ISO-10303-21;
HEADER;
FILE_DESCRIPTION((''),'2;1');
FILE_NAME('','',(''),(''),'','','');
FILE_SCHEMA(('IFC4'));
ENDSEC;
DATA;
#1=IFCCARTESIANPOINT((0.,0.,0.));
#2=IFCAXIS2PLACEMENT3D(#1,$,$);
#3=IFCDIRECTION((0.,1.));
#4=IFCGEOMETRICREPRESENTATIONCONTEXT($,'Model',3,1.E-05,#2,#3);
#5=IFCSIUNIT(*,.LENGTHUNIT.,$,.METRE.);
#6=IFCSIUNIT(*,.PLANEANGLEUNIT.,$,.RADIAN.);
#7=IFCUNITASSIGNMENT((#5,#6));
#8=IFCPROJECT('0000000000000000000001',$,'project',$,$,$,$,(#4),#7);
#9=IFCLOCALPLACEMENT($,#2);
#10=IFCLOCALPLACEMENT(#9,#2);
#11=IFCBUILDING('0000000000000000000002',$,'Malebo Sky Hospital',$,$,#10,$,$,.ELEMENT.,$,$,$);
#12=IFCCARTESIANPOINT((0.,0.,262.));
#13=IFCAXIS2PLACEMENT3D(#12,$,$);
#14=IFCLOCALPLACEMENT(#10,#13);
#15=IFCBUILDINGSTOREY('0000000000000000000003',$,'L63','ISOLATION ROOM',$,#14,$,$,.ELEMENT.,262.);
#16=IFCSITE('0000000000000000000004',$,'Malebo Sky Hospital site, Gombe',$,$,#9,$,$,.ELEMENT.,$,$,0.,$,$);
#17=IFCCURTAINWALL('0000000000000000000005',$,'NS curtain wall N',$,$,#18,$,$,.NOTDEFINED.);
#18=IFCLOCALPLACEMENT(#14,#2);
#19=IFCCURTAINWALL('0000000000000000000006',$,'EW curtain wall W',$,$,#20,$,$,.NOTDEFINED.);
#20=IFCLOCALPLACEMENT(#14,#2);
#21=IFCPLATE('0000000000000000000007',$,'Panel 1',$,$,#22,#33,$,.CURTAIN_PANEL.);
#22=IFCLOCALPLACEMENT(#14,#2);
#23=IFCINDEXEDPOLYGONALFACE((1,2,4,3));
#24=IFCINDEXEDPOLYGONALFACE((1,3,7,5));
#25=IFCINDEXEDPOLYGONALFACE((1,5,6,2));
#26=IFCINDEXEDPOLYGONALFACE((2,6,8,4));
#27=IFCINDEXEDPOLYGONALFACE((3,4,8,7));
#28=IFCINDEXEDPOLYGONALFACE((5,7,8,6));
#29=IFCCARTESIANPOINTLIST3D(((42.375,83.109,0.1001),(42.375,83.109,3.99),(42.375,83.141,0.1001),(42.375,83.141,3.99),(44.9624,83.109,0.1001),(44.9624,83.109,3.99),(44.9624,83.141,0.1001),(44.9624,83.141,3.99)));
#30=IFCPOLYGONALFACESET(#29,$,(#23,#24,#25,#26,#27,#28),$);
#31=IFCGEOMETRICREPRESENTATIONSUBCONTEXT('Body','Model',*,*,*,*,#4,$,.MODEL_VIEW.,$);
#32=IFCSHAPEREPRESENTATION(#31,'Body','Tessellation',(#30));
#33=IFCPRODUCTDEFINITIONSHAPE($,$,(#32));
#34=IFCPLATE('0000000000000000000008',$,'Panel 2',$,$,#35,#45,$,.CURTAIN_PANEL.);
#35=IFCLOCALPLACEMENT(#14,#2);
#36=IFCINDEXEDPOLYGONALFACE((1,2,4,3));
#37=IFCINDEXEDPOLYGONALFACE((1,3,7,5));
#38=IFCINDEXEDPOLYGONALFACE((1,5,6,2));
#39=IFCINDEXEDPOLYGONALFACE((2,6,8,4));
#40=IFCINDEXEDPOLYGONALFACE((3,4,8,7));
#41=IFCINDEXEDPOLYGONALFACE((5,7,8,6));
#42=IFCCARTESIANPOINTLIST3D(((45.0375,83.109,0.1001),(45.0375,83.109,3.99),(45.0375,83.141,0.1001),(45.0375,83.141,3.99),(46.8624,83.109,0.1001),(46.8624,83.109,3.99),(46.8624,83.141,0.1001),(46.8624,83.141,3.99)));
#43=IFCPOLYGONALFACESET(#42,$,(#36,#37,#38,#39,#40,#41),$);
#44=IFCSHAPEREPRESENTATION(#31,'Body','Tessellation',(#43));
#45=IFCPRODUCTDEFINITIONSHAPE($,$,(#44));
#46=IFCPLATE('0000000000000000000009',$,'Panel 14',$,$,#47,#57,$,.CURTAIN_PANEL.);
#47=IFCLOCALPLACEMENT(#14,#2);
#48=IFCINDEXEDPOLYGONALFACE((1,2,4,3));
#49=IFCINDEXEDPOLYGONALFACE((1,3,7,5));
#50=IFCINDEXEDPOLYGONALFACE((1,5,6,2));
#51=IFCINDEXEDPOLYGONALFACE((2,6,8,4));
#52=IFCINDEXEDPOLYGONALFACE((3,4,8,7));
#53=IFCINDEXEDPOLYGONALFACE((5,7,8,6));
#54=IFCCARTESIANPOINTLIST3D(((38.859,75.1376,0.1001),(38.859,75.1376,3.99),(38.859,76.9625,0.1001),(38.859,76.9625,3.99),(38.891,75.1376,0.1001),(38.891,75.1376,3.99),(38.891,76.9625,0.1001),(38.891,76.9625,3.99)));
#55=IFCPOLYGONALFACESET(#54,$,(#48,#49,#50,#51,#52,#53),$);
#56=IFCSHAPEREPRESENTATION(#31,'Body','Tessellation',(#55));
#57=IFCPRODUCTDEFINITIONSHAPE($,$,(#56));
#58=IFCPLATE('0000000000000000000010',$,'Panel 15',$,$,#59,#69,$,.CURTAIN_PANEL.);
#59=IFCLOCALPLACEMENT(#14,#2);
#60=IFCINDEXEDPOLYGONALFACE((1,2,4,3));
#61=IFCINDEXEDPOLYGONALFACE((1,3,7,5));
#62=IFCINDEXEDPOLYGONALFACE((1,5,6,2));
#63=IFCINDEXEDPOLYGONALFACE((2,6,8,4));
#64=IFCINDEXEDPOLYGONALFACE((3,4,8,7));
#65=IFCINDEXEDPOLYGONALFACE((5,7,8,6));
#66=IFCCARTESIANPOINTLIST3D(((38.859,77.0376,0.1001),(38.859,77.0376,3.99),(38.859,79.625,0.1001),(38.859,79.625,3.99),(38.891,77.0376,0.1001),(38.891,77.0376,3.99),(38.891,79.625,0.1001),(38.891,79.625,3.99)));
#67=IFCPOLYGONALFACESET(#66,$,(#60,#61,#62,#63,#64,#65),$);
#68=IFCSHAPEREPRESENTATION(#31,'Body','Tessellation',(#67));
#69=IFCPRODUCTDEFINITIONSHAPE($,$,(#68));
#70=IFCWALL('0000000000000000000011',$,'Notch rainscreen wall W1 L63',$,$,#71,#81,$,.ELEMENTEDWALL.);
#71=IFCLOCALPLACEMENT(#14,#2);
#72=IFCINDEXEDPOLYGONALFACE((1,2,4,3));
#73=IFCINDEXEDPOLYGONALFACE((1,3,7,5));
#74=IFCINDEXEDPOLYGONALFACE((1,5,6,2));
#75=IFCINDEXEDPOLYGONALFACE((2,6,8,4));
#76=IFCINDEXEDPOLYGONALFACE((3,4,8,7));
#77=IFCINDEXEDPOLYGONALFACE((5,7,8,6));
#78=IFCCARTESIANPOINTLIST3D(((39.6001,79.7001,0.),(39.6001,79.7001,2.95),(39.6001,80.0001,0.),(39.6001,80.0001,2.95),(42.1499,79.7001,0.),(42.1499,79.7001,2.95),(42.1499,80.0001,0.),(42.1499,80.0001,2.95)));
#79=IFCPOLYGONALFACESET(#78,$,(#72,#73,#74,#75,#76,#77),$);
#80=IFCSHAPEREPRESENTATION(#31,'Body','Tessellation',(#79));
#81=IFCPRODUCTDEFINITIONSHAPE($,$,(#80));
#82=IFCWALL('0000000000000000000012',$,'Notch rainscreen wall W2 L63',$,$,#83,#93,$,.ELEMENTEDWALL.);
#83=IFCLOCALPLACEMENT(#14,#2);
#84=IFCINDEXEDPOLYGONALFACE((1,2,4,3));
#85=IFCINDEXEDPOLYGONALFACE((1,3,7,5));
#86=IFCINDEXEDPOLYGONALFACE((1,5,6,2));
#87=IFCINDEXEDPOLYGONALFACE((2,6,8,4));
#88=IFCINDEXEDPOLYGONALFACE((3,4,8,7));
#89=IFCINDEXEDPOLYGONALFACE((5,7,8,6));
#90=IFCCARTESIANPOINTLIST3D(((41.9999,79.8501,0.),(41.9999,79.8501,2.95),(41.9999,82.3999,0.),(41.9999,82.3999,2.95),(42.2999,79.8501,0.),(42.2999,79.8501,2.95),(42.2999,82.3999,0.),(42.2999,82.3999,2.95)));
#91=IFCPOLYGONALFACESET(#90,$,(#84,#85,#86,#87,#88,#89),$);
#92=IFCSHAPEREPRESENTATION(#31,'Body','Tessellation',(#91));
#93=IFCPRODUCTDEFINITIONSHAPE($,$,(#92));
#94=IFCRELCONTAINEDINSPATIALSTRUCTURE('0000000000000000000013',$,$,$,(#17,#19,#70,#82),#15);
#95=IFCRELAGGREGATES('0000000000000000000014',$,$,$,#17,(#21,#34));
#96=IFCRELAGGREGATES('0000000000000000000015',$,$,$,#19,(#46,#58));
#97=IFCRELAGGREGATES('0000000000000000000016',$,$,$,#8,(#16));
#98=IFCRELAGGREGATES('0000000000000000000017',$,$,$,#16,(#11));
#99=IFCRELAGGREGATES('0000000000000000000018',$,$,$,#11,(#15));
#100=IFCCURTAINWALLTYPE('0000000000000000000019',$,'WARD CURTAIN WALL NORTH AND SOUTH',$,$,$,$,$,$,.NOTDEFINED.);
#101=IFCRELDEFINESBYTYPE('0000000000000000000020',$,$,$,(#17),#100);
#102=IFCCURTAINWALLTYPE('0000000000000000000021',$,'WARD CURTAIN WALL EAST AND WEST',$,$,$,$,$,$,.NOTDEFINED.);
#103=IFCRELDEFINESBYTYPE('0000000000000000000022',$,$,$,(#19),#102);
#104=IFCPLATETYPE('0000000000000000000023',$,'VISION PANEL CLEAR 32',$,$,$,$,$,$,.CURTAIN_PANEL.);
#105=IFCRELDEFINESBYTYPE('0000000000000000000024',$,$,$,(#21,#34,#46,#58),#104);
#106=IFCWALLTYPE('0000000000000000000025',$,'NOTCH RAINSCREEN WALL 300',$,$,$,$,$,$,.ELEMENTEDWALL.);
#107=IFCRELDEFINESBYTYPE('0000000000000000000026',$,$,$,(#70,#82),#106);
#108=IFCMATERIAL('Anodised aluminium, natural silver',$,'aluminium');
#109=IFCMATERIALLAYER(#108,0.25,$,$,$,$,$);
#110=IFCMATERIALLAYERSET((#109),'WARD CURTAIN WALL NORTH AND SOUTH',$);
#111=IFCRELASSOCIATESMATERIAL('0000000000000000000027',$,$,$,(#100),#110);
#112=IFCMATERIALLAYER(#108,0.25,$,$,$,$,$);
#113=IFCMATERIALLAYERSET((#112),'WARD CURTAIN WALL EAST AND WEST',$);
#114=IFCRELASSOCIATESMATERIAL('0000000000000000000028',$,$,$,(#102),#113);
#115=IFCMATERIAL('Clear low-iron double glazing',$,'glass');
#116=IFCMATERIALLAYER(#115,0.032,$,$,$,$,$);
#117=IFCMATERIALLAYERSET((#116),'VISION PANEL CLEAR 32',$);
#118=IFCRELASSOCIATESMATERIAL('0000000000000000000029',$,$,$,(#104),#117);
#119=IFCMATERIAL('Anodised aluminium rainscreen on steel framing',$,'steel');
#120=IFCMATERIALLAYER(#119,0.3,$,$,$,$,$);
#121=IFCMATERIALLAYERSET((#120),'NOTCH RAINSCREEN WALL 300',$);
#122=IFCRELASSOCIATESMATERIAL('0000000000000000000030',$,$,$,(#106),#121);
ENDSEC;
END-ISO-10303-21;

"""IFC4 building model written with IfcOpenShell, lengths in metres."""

from ifc_helpers import new_model, si_unit, direction, frame, frame_2d, origin, origin_2d, place, context, subcontext, project, spatial, rectangle, extrude, material, layer, layer_set, type_object, element, aggregate, save


model = new_model("IFC4")

# Units and contexts
model_context = context("Model", 3, precision=1e-05, world=origin(), true_north=direction((0.0, 1.0)))
body_context = subcontext(model_context, "Body", "Model", "MODEL_VIEW")
ifc_project = project(units=[si_unit("LENGTHUNIT", "METRE"), si_unit("PLANEANGLEUNIT", "RADIAN")], contexts=[model_context])

# Site, building, storey
site_placement = place(None, origin())
site = spatial("IfcSite", under=ifc_project, at=site_placement, Name="Malebo Sky Hospital site, Gombe", CompositionType="ELEMENT", RefElevation=0.0)
building_placement = place(site_placement, origin())
building = spatial("IfcBuilding", under=site, at=building_placement, Name="Malebo Sky Hospital", CompositionType="ELEMENT")
storey_placement = place(building_placement, frame((0.0, 0.0, 262.0)))
storey = spatial("IfcBuildingStorey", under=building, at=storey_placement, Name="L63", Description="ISOLATION ROOM", CompositionType="ELEMENT", Elevation=262.0)

# Curtain walls
ifc_material_1 = material(Name="Anodised aluminium, natural silver", Category="aluminium")
ifc_layer_1 = layer(ifc_material_1, 0.25)
ifc_layer_set_1 = layer_set([ifc_layer_1], Name="WARD CURTAIN WALL NORTH AND SOUTH")
curtain_wall_type_1 = type_object("IfcCurtainWallType", Name="WARD CURTAIN WALL NORTH AND SOUTH", PredefinedType="NOTDEFINED", material=ifc_layer_set_1)
curtain_wall_1_placement = place(storey_placement, origin())
curtain_wall_1 = element("IfcCurtainWall", 1, at=curtain_wall_1_placement, inside=storey, type_object=curtain_wall_type_1, Name="NS curtain wall N", PredefinedType="NOTDEFINED")
ifc_layer_2 = layer(ifc_material_1, 0.25)
ifc_layer_set_2 = layer_set([ifc_layer_2], Name="WARD CURTAIN WALL EAST AND WEST")
curtain_wall_type_2 = type_object("IfcCurtainWallType", Name="WARD CURTAIN WALL EAST AND WEST", PredefinedType="NOTDEFINED", material=ifc_layer_set_2)
curtain_wall_2_placement = place(storey_placement, origin())
curtain_wall_2 = element("IfcCurtainWall", 2, at=curtain_wall_2_placement, inside=storey, type_object=curtain_wall_type_2, Name="EW curtain wall W", PredefinedType="NOTDEFINED")

# Plates
ifc_material_2 = material(Name="Clear low-iron double glazing", Category="glass")
ifc_layer_3 = layer(ifc_material_2, 0.032)
ifc_layer_set_3 = layer_set([ifc_layer_3], Name="VISION PANEL CLEAR 32")
plate_type = type_object("IfcPlateType", Name="VISION PANEL CLEAR 32", PredefinedType="CURTAIN_PANEL", material=ifc_layer_set_3)
plate_1_placement = place(storey_placement, frame((43.6687, 83.125, 0.1001), z_axis=(0.0, 0.0, 1.0), x_axis=(1.0, 0.0, 0.0)))
plate_1 = element("IfcPlate", 3, at=plate_1_placement, type_object=plate_type, Name="Panel 1", PredefinedType="CURTAIN_PANEL", context=body_context, shape_type="SweptSolid", body=[
    extrude(rectangle(XDim=2.5874, YDim=0.032, at=origin_2d()), origin(), (0.0, 0.0, 1.0), 3.8899),
])
plate_2_placement = place(storey_placement, frame((45.95, 83.125, 0.1001), z_axis=(0.0, 0.0, 1.0), x_axis=(1.0, 0.0, 0.0)))
plate_2 = element("IfcPlate", 4, at=plate_2_placement, type_object=plate_type, Name="Panel 2", PredefinedType="CURTAIN_PANEL", context=body_context, shape_type="SweptSolid", body=[
    extrude(rectangle(XDim=1.825, YDim=0.032, at=origin_2d()), origin(), (0.0, 0.0, 1.0), 3.8899),
])
aggregate(curtain_wall_1, [plate_1, plate_2])
plate_3_placement = place(storey_placement, frame((38.875, 76.05, 0.1001), z_axis=(0.0, 0.0, 1.0), x_axis=(0.0, 1.0, 0.0)))
plate_3 = element("IfcPlate", 5, at=plate_3_placement, type_object=plate_type, Name="Panel 14", PredefinedType="CURTAIN_PANEL", context=body_context, shape_type="SweptSolid", body=[
    extrude(rectangle(XDim=1.825, YDim=0.032, at=origin_2d()), origin(), (0.0, 0.0, 1.0), 3.8899),
])
plate_4_placement = place(storey_placement, frame((38.875, 78.3313, 0.1001), z_axis=(0.0, 0.0, 1.0), x_axis=(0.0, 1.0, 0.0)))
plate_4 = element("IfcPlate", 6, at=plate_4_placement, type_object=plate_type, Name="Panel 15", PredefinedType="CURTAIN_PANEL", context=body_context, shape_type="SweptSolid", body=[
    extrude(rectangle(XDim=2.5874, YDim=0.032, at=origin_2d()), origin(), (0.0, 0.0, 1.0), 3.8899),
])
aggregate(curtain_wall_2, [plate_3, plate_4])

# Walls
ifc_material_3 = material(Name="Anodised aluminium rainscreen on steel framing", Category="steel")
ifc_layer_4 = layer(ifc_material_3, 0.3)
ifc_layer_set_4 = layer_set([ifc_layer_4], Name="NOTCH RAINSCREEN WALL 300")
wall_type = type_object("IfcWallType", Name="NOTCH RAINSCREEN WALL 300", PredefinedType="ELEMENTEDWALL", material=ifc_layer_set_4)
for number, where, z_axis, x_axis, name in (
    (7, (39.6001, 79.8501, 0.0), (0.0, 0.0, 1.0), (1.0, 0.0, 0.0), "Notch rainscreen wall W1 L63"),
    (8, (42.1499, 79.8501, 0.0), (0.0, 0.0, 1.0), (0.0, 1.0, 0.0), "Notch rainscreen wall W2 L63"),
):
    element("IfcWall", number, at=place(storey_placement, frame(where, z_axis=z_axis, x_axis=x_axis)), inside=storey, type_object=wall_type, Name=name, PredefinedType="ELEMENTEDWALL", context=body_context, shape_type="SweptSolid", body=[
        extrude(rectangle(XDim=2.5498, YDim=0.3, at=frame_2d((1.2749, 0.0))), origin(), (0.0, 0.0, 1.0), 2.95),
    ])

save(model, "model.ifc")
